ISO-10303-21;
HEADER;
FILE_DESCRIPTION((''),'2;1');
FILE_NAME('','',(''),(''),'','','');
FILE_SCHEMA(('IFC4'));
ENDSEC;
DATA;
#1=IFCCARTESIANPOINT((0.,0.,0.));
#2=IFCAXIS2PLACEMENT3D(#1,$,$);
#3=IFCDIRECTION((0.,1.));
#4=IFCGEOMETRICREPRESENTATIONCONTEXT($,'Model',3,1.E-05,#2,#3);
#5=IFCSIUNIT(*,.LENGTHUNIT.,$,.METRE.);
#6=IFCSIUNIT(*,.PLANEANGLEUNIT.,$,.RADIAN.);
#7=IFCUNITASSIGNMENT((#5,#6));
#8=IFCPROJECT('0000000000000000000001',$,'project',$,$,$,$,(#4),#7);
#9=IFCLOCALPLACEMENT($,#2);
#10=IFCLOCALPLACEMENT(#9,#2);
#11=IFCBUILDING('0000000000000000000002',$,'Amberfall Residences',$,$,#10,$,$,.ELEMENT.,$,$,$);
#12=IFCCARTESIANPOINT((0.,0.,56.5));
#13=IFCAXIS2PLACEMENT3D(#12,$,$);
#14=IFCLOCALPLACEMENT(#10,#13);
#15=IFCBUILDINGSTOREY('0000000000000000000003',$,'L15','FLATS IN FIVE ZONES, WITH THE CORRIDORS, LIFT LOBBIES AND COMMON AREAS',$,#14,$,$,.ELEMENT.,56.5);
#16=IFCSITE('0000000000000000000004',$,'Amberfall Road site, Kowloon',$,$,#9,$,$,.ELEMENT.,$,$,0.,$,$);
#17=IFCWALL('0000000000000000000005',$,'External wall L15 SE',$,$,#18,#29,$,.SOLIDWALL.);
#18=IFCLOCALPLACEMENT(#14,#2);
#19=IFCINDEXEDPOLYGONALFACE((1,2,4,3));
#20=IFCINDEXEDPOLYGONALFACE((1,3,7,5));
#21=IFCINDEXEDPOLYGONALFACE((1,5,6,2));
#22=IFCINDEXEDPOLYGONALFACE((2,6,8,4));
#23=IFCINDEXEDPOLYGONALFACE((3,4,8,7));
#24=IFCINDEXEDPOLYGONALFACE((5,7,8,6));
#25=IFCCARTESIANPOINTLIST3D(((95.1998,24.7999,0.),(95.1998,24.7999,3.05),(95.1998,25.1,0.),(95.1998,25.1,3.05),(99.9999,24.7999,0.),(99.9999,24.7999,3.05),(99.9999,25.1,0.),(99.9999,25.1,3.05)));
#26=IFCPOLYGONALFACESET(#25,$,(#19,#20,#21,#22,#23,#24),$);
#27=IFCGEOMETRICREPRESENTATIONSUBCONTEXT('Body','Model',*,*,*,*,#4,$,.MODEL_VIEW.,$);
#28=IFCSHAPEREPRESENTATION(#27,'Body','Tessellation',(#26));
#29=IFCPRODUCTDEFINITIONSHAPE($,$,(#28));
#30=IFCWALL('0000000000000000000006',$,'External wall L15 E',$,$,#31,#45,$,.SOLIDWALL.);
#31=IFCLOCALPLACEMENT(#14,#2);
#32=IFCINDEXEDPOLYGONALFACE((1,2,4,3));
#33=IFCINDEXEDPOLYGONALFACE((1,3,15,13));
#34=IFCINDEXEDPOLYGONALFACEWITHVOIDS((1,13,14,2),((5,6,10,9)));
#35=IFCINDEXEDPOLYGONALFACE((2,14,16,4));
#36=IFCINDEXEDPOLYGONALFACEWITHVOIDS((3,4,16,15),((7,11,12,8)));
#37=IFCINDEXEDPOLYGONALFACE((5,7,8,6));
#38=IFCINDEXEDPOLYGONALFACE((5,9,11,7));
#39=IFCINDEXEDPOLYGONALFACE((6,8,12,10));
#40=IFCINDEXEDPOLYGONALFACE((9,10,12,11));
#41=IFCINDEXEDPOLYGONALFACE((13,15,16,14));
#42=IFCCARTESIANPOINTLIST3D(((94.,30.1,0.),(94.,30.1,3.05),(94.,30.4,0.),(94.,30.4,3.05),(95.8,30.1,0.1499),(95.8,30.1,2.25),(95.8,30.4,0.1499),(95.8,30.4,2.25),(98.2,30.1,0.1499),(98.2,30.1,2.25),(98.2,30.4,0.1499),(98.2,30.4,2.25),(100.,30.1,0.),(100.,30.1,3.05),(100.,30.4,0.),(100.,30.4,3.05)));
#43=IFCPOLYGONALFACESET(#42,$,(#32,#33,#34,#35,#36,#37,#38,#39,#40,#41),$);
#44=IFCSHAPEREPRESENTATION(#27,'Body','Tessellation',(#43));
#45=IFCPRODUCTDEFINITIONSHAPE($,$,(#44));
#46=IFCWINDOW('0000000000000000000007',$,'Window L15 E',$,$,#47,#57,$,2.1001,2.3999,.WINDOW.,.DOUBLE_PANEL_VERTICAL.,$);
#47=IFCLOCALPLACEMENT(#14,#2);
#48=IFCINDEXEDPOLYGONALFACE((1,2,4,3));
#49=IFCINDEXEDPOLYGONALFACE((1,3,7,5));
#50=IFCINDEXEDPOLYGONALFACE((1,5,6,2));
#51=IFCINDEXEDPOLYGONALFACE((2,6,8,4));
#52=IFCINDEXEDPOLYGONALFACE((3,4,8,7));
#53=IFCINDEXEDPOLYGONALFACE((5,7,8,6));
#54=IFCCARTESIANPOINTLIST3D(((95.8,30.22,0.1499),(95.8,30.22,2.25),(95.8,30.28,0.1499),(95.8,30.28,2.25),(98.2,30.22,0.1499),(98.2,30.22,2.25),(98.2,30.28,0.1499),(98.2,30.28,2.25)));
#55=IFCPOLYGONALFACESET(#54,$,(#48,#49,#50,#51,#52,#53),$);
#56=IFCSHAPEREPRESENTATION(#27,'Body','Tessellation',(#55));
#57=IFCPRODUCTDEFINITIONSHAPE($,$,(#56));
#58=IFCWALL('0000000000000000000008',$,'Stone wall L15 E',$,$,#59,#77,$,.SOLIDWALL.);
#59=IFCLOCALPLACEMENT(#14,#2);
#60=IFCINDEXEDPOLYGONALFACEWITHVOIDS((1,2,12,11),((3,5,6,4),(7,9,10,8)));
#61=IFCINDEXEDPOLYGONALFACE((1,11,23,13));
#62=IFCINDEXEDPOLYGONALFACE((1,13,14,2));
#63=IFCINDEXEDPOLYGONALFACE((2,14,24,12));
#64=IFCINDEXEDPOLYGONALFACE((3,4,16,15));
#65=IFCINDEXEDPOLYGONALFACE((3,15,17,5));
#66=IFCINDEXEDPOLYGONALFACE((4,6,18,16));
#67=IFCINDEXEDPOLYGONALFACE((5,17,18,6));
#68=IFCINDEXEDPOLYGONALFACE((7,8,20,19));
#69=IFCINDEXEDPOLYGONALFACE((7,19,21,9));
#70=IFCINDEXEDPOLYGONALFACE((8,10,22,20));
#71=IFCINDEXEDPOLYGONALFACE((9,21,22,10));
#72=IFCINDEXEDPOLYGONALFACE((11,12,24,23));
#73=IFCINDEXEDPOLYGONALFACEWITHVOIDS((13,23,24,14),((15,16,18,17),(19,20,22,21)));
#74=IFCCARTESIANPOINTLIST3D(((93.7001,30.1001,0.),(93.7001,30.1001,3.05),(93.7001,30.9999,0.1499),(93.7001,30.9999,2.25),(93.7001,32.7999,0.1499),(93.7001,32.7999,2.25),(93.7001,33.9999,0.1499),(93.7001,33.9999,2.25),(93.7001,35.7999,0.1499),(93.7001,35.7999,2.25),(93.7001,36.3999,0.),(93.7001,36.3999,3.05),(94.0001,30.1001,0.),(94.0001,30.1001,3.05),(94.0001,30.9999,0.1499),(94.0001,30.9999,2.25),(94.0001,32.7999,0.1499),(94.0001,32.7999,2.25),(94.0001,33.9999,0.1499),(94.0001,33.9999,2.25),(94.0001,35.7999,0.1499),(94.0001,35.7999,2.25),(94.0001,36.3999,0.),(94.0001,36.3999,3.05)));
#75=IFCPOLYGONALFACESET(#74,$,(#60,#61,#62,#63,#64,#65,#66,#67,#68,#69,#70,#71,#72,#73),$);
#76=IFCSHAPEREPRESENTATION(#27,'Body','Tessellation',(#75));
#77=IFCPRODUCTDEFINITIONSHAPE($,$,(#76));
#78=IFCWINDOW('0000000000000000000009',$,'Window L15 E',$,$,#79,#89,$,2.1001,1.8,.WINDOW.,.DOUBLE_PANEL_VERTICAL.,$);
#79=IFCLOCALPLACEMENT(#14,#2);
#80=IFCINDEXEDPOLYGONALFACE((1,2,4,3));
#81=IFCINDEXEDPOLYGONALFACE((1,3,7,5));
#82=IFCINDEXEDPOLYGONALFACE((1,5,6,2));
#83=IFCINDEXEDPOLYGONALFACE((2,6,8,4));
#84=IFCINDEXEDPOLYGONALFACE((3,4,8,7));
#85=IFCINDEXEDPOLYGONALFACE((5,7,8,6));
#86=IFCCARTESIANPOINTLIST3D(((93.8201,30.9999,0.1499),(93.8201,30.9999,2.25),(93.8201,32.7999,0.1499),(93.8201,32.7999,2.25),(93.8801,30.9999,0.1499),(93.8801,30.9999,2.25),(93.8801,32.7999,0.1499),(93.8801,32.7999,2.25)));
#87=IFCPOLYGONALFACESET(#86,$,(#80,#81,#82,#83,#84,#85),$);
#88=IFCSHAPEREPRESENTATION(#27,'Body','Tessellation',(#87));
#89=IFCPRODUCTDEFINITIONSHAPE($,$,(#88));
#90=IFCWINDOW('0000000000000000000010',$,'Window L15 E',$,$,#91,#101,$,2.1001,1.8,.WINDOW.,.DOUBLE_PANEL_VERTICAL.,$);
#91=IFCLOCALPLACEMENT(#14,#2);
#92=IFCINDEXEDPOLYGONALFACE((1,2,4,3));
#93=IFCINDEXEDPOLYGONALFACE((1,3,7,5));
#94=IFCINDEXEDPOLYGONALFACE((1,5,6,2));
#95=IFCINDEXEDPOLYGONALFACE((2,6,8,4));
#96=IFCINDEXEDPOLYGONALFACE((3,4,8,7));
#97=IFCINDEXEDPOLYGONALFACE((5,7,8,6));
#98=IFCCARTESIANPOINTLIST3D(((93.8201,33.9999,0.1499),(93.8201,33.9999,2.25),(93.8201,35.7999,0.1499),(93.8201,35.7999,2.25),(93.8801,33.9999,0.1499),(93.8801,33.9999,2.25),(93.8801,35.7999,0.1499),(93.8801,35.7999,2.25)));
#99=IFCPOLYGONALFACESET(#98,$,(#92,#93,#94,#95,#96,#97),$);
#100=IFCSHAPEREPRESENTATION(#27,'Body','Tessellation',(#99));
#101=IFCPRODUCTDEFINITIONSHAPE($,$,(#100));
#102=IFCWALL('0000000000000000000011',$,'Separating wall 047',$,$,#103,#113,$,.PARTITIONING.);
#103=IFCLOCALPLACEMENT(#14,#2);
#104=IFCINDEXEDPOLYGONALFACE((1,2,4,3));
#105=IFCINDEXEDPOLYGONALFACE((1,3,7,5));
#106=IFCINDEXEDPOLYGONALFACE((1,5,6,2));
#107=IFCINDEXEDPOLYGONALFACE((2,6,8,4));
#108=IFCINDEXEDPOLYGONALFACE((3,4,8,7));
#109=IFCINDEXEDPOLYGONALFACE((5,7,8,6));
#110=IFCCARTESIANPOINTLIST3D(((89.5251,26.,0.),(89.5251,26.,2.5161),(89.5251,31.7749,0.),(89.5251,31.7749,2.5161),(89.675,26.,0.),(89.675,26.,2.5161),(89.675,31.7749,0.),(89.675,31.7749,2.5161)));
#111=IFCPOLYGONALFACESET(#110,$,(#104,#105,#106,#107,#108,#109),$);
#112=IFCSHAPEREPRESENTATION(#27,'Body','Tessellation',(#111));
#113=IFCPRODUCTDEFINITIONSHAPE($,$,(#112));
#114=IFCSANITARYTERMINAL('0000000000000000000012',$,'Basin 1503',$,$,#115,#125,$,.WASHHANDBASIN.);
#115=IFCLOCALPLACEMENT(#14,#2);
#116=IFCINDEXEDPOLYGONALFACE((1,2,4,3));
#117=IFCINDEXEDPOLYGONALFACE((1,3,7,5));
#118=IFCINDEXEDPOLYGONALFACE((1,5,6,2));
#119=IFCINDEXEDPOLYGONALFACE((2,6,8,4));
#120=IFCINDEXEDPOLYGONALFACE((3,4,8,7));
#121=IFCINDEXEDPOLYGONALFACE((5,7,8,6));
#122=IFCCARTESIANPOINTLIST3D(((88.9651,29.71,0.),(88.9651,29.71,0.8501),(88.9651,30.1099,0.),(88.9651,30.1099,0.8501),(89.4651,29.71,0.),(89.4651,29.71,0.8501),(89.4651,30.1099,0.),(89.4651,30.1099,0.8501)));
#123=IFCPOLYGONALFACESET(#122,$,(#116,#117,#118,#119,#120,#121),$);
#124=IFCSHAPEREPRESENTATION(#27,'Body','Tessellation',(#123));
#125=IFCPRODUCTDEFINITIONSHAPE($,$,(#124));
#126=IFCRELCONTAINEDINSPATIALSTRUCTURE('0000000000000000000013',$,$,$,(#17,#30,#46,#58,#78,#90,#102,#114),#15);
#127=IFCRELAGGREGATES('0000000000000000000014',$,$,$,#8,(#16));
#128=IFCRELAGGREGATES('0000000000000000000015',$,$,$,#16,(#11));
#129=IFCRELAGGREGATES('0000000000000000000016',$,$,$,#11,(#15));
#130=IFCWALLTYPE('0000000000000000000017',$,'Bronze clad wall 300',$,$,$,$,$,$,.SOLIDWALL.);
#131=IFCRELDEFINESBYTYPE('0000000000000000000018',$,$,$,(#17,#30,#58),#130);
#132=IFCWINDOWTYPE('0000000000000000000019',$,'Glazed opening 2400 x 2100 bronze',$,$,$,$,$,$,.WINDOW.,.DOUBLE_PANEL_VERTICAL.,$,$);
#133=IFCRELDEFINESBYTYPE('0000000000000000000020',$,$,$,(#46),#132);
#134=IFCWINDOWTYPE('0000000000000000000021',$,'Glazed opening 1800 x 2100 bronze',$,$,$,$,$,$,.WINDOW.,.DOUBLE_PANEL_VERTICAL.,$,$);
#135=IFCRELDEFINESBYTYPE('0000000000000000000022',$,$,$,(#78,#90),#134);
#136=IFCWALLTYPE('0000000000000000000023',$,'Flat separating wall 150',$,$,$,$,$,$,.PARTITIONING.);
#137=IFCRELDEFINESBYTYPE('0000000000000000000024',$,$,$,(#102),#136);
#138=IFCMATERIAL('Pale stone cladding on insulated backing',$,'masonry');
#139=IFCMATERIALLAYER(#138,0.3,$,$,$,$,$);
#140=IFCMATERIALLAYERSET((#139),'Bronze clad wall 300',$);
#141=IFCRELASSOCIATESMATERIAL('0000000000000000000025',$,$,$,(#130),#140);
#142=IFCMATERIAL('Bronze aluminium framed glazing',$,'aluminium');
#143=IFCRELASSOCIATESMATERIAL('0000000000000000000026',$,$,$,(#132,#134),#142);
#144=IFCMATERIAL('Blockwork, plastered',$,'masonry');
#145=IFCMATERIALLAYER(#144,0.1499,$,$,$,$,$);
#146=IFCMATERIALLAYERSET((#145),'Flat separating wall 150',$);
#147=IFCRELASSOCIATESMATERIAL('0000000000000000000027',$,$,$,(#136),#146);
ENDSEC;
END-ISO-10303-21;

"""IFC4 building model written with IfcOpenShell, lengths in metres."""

from ifc_helpers import new_model, si_unit, direction, frame, frame_2d, origin, origin_2d, place, context, subcontext, project, spatial, rectangle, extrude, material, layer, layer_set, type_object, element, fill, save


model = new_model("IFC4")

# Units and contexts
model_context = context("Model", 3, precision=1e-05, world=origin(), true_north=direction((0.0, 1.0)))
body_context = subcontext(model_context, "Body", "Model", "MODEL_VIEW")
ifc_project = project(units=[si_unit("LENGTHUNIT", "METRE"), si_unit("PLANEANGLEUNIT", "RADIAN")], contexts=[model_context])

# Site, building, storey
site_placement = place(None, origin())
site = spatial("IfcSite", under=ifc_project, at=site_placement, Name="Amberfall Road site, Kowloon", CompositionType="ELEMENT", RefElevation=0.0)
building_placement = place(site_placement, origin())
building = spatial("IfcBuilding", under=site, at=building_placement, Name="Amberfall Residences", CompositionType="ELEMENT")
storey_placement = place(building_placement, frame((0.0, 0.0, 56.5)))
storey = spatial("IfcBuildingStorey", under=building, at=storey_placement, Name="L15", Description="FLATS IN FIVE ZONES, WITH THE CORRIDORS, LIFT LOBBIES AND COMMON AREAS", CompositionType="ELEMENT", Elevation=56.5)

# Shared definitions
ifc_material_1 = material(Name="Pale stone cladding on insulated backing", Category="masonry")
ifc_layer_1 = layer(ifc_material_1, 0.3)
ifc_layer_set_1 = layer_set([ifc_layer_1], Name="Bronze clad wall 300")
wall_type_1 = type_object("IfcWallType", Name="Bronze clad wall 300", PredefinedType="SOLIDWALL", material=ifc_layer_set_1)
ifc_material_2 = material(Name="Bronze aluminium framed glazing", Category="aluminium")
window_type_1 = type_object("IfcWindowType", Name="Glazed opening 2400 x 2100 bronze", PartitioningType="DOUBLE_PANEL_VERTICAL", PredefinedType="WINDOW", material=ifc_material_2)

# Wall
wall_1_placement = place(storey_placement, frame((95.2, 24.95, 0.0), z_axis=(0.0, 0.0, 1.0), x_axis=(1.0, 0.0, 0.0)))
element("IfcWall", 1, at=wall_1_placement, inside=storey, type_object=wall_type_1, Name="External wall L15 SE", PredefinedType="SOLIDWALL", context=body_context, shape_type="SweptSolid", body=[
    extrude(rectangle(XDim=4.8, YDim=0.3, at=frame_2d((2.3999, 0.0))), origin(), (0.0, 0.0, 1.0), 3.05),
])

# Wall, opening, window
wall_2_placement = place(storey_placement, frame((100.0, 30.25, 0.0), z_axis=(0.0, 0.0, 1.0), x_axis=(-1.0, 0.0, 0.0)))
wall_2 = element("IfcWall", 2, at=wall_2_placement, inside=storey, type_object=wall_type_1, Name="External wall L15 E", PredefinedType="SOLIDWALL", context=body_context, shape_type="SweptSolid", body=[
    extrude(rectangle(XDim=6.0, YDim=0.3, at=frame_2d((3.0, 0.0))), origin(), (0.0, 0.0, 1.0), 3.05),
])
opening_1_placement = place(wall_2_placement, frame((1.8, 0.0, 0.1499)))
opening_1 = element("IfcOpeningElement", 3, at=opening_1_placement, cuts=wall_2, PredefinedType="OPENING", context=body_context, shape_type="SweptSolid", body=[
    extrude(rectangle(XDim=2.3999, YDim=2.1001, at=frame_2d((1.2, 1.05))), frame((0.0, 0.1599, 0.0), z_axis=(0.0, -1.0, 0.0), x_axis=(1.0, 0.0, 0.0)), (0.0, 0.0, 1.0), 0.3201),
])
window_1_placement = place(opening_1_placement, origin())
window_1 = element("IfcWindow", 4, at=window_1_placement, inside=storey, type_object=window_type_1, Name="Window L15 E", OverallHeight=2.1001, OverallWidth=2.3999, PartitioningType="DOUBLE_PANEL_VERTICAL", PredefinedType="WINDOW", context=body_context, shape_type="SweptSolid", body=[
    extrude(rectangle(XDim=2.3999, YDim=2.1001, at=frame_2d((1.2, 1.05))), frame((0.0, 0.03, 0.0), z_axis=(0.0, -1.0, 0.0), x_axis=(1.0, 0.0, 0.0)), (0.0, 0.0, 1.0), 0.0601),
])
fill(opening_1, window_1)

# Wall, openings, windows
wall_3_placement = place(storey_placement, frame((93.8501, 30.1001, 0.0), z_axis=(0.0, 0.0, 1.0), x_axis=(0.0, 1.0, 0.0)))
wall_3 = element("IfcWall", 5, at=wall_3_placement, inside=storey, type_object=wall_type_1, Name="Stone wall L15 E", PredefinedType="SOLIDWALL", context=body_context, shape_type="SweptSolid", body=[
    extrude(rectangle(XDim=6.2998, YDim=0.3, at=frame_2d((3.1499, 0.0))), origin(), (0.0, 0.0, 1.0), 3.05),
])
opening_2_placement = place(wall_3_placement, frame((0.8999, 0.0, 0.1499)))
opening_2 = element("IfcOpeningElement", 6, at=opening_2_placement, cuts=wall_3, PredefinedType="OPENING", context=body_context, shape_type="SweptSolid", body=[
    extrude(rectangle(XDim=1.8, YDim=2.1001, at=frame_2d((0.8999, 1.05))), frame((0.0, 0.1599, 0.0), z_axis=(0.0, -1.0, 0.0), x_axis=(1.0, 0.0, 0.0)), (0.0, 0.0, 1.0), 0.3201),
])
opening_3_placement = place(wall_3_placement, frame((3.8999, 0.0, 0.1499)))
opening_3 = element("IfcOpeningElement", 7, at=opening_3_placement, cuts=wall_3, PredefinedType="OPENING", context=body_context, shape_type="SweptSolid", body=[
    extrude(rectangle(XDim=1.8, YDim=2.1001, at=frame_2d((0.8999, 1.05))), frame((0.0, 0.1599, 0.0), z_axis=(0.0, -1.0, 0.0), x_axis=(1.0, 0.0, 0.0)), (0.0, 0.0, 1.0), 0.3201),
])
window_type_2 = type_object("IfcWindowType", Name="Glazed opening 1800 x 2100 bronze", PartitioningType="DOUBLE_PANEL_VERTICAL", PredefinedType="WINDOW", material=ifc_material_2)
window_2_placement = place(opening_2_placement, origin())
window_2 = element("IfcWindow", 8, at=window_2_placement, inside=storey, type_object=window_type_2, Name="Window L15 E", OverallHeight=2.1001, OverallWidth=1.8, PartitioningType="DOUBLE_PANEL_VERTICAL", PredefinedType="WINDOW", context=body_context, shape_type="SweptSolid", body=[
    extrude(rectangle(XDim=1.8, YDim=2.1001, at=frame_2d((0.8999, 1.05))), frame((0.0, 0.03, 0.0), z_axis=(0.0, -1.0, 0.0), x_axis=(1.0, 0.0, 0.0)), (0.0, 0.0, 1.0), 0.0601),
])
fill(opening_2, window_2)
window_3_placement = place(opening_3_placement, origin())
window_3 = element("IfcWindow", 9, at=window_3_placement, inside=storey, type_object=window_type_2, Name="Window L15 E", OverallHeight=2.1001, OverallWidth=1.8, PartitioningType="DOUBLE_PANEL_VERTICAL", PredefinedType="WINDOW", context=body_context, shape_type="SweptSolid", body=[
    extrude(rectangle(XDim=1.8, YDim=2.1001, at=frame_2d((0.8999, 1.05))), frame((0.0, 0.03, 0.0), z_axis=(0.0, -1.0, 0.0), x_axis=(1.0, 0.0, 0.0)), (0.0, 0.0, 1.0), 0.0601),
])
fill(opening_3, window_3)

# Wall
ifc_material_3 = material(Name="Blockwork, plastered", Category="masonry")
ifc_layer_2 = layer(ifc_material_3, 0.1499)
ifc_layer_set_2 = layer_set([ifc_layer_2], Name="Flat separating wall 150")
wall_type_2 = type_object("IfcWallType", Name="Flat separating wall 150", PredefinedType="PARTITIONING", material=ifc_layer_set_2)
wall_4_placement = place(storey_placement, frame((89.6001, 26.0, 0.0), z_axis=(0.0, 0.0, 1.0), x_axis=(0.0, 1.0, 0.0)))
element("IfcWall", 10, at=wall_4_placement, inside=storey, type_object=wall_type_2, Name="Separating wall 047", PredefinedType="PARTITIONING", context=body_context, shape_type="SweptSolid", body=[
    extrude(rectangle(XDim=5.7749, YDim=0.1499, at=frame_2d((2.8875, 0.0))), origin(), (0.0, 0.0, 1.0), 2.5161),
])

# Sanitary terminal
sanitary_terminal_placement = place(storey_placement, frame((89.2151, 29.9099, 0.0), z_axis=(0.0, 0.0, 1.0), x_axis=(1.0, 0.0, 0.0)))
element("IfcSanitaryTerminal", 11, at=sanitary_terminal_placement, inside=storey, Name="Basin 1503", PredefinedType="WASHHANDBASIN", context=body_context, shape_type="SweptSolid", body=[
    extrude(rectangle(XDim=0.5, YDim=0.3999, at=origin_2d()), origin(), (0.0, 0.0, 1.0), 0.8501),
])

save(model, "model.ifc")
